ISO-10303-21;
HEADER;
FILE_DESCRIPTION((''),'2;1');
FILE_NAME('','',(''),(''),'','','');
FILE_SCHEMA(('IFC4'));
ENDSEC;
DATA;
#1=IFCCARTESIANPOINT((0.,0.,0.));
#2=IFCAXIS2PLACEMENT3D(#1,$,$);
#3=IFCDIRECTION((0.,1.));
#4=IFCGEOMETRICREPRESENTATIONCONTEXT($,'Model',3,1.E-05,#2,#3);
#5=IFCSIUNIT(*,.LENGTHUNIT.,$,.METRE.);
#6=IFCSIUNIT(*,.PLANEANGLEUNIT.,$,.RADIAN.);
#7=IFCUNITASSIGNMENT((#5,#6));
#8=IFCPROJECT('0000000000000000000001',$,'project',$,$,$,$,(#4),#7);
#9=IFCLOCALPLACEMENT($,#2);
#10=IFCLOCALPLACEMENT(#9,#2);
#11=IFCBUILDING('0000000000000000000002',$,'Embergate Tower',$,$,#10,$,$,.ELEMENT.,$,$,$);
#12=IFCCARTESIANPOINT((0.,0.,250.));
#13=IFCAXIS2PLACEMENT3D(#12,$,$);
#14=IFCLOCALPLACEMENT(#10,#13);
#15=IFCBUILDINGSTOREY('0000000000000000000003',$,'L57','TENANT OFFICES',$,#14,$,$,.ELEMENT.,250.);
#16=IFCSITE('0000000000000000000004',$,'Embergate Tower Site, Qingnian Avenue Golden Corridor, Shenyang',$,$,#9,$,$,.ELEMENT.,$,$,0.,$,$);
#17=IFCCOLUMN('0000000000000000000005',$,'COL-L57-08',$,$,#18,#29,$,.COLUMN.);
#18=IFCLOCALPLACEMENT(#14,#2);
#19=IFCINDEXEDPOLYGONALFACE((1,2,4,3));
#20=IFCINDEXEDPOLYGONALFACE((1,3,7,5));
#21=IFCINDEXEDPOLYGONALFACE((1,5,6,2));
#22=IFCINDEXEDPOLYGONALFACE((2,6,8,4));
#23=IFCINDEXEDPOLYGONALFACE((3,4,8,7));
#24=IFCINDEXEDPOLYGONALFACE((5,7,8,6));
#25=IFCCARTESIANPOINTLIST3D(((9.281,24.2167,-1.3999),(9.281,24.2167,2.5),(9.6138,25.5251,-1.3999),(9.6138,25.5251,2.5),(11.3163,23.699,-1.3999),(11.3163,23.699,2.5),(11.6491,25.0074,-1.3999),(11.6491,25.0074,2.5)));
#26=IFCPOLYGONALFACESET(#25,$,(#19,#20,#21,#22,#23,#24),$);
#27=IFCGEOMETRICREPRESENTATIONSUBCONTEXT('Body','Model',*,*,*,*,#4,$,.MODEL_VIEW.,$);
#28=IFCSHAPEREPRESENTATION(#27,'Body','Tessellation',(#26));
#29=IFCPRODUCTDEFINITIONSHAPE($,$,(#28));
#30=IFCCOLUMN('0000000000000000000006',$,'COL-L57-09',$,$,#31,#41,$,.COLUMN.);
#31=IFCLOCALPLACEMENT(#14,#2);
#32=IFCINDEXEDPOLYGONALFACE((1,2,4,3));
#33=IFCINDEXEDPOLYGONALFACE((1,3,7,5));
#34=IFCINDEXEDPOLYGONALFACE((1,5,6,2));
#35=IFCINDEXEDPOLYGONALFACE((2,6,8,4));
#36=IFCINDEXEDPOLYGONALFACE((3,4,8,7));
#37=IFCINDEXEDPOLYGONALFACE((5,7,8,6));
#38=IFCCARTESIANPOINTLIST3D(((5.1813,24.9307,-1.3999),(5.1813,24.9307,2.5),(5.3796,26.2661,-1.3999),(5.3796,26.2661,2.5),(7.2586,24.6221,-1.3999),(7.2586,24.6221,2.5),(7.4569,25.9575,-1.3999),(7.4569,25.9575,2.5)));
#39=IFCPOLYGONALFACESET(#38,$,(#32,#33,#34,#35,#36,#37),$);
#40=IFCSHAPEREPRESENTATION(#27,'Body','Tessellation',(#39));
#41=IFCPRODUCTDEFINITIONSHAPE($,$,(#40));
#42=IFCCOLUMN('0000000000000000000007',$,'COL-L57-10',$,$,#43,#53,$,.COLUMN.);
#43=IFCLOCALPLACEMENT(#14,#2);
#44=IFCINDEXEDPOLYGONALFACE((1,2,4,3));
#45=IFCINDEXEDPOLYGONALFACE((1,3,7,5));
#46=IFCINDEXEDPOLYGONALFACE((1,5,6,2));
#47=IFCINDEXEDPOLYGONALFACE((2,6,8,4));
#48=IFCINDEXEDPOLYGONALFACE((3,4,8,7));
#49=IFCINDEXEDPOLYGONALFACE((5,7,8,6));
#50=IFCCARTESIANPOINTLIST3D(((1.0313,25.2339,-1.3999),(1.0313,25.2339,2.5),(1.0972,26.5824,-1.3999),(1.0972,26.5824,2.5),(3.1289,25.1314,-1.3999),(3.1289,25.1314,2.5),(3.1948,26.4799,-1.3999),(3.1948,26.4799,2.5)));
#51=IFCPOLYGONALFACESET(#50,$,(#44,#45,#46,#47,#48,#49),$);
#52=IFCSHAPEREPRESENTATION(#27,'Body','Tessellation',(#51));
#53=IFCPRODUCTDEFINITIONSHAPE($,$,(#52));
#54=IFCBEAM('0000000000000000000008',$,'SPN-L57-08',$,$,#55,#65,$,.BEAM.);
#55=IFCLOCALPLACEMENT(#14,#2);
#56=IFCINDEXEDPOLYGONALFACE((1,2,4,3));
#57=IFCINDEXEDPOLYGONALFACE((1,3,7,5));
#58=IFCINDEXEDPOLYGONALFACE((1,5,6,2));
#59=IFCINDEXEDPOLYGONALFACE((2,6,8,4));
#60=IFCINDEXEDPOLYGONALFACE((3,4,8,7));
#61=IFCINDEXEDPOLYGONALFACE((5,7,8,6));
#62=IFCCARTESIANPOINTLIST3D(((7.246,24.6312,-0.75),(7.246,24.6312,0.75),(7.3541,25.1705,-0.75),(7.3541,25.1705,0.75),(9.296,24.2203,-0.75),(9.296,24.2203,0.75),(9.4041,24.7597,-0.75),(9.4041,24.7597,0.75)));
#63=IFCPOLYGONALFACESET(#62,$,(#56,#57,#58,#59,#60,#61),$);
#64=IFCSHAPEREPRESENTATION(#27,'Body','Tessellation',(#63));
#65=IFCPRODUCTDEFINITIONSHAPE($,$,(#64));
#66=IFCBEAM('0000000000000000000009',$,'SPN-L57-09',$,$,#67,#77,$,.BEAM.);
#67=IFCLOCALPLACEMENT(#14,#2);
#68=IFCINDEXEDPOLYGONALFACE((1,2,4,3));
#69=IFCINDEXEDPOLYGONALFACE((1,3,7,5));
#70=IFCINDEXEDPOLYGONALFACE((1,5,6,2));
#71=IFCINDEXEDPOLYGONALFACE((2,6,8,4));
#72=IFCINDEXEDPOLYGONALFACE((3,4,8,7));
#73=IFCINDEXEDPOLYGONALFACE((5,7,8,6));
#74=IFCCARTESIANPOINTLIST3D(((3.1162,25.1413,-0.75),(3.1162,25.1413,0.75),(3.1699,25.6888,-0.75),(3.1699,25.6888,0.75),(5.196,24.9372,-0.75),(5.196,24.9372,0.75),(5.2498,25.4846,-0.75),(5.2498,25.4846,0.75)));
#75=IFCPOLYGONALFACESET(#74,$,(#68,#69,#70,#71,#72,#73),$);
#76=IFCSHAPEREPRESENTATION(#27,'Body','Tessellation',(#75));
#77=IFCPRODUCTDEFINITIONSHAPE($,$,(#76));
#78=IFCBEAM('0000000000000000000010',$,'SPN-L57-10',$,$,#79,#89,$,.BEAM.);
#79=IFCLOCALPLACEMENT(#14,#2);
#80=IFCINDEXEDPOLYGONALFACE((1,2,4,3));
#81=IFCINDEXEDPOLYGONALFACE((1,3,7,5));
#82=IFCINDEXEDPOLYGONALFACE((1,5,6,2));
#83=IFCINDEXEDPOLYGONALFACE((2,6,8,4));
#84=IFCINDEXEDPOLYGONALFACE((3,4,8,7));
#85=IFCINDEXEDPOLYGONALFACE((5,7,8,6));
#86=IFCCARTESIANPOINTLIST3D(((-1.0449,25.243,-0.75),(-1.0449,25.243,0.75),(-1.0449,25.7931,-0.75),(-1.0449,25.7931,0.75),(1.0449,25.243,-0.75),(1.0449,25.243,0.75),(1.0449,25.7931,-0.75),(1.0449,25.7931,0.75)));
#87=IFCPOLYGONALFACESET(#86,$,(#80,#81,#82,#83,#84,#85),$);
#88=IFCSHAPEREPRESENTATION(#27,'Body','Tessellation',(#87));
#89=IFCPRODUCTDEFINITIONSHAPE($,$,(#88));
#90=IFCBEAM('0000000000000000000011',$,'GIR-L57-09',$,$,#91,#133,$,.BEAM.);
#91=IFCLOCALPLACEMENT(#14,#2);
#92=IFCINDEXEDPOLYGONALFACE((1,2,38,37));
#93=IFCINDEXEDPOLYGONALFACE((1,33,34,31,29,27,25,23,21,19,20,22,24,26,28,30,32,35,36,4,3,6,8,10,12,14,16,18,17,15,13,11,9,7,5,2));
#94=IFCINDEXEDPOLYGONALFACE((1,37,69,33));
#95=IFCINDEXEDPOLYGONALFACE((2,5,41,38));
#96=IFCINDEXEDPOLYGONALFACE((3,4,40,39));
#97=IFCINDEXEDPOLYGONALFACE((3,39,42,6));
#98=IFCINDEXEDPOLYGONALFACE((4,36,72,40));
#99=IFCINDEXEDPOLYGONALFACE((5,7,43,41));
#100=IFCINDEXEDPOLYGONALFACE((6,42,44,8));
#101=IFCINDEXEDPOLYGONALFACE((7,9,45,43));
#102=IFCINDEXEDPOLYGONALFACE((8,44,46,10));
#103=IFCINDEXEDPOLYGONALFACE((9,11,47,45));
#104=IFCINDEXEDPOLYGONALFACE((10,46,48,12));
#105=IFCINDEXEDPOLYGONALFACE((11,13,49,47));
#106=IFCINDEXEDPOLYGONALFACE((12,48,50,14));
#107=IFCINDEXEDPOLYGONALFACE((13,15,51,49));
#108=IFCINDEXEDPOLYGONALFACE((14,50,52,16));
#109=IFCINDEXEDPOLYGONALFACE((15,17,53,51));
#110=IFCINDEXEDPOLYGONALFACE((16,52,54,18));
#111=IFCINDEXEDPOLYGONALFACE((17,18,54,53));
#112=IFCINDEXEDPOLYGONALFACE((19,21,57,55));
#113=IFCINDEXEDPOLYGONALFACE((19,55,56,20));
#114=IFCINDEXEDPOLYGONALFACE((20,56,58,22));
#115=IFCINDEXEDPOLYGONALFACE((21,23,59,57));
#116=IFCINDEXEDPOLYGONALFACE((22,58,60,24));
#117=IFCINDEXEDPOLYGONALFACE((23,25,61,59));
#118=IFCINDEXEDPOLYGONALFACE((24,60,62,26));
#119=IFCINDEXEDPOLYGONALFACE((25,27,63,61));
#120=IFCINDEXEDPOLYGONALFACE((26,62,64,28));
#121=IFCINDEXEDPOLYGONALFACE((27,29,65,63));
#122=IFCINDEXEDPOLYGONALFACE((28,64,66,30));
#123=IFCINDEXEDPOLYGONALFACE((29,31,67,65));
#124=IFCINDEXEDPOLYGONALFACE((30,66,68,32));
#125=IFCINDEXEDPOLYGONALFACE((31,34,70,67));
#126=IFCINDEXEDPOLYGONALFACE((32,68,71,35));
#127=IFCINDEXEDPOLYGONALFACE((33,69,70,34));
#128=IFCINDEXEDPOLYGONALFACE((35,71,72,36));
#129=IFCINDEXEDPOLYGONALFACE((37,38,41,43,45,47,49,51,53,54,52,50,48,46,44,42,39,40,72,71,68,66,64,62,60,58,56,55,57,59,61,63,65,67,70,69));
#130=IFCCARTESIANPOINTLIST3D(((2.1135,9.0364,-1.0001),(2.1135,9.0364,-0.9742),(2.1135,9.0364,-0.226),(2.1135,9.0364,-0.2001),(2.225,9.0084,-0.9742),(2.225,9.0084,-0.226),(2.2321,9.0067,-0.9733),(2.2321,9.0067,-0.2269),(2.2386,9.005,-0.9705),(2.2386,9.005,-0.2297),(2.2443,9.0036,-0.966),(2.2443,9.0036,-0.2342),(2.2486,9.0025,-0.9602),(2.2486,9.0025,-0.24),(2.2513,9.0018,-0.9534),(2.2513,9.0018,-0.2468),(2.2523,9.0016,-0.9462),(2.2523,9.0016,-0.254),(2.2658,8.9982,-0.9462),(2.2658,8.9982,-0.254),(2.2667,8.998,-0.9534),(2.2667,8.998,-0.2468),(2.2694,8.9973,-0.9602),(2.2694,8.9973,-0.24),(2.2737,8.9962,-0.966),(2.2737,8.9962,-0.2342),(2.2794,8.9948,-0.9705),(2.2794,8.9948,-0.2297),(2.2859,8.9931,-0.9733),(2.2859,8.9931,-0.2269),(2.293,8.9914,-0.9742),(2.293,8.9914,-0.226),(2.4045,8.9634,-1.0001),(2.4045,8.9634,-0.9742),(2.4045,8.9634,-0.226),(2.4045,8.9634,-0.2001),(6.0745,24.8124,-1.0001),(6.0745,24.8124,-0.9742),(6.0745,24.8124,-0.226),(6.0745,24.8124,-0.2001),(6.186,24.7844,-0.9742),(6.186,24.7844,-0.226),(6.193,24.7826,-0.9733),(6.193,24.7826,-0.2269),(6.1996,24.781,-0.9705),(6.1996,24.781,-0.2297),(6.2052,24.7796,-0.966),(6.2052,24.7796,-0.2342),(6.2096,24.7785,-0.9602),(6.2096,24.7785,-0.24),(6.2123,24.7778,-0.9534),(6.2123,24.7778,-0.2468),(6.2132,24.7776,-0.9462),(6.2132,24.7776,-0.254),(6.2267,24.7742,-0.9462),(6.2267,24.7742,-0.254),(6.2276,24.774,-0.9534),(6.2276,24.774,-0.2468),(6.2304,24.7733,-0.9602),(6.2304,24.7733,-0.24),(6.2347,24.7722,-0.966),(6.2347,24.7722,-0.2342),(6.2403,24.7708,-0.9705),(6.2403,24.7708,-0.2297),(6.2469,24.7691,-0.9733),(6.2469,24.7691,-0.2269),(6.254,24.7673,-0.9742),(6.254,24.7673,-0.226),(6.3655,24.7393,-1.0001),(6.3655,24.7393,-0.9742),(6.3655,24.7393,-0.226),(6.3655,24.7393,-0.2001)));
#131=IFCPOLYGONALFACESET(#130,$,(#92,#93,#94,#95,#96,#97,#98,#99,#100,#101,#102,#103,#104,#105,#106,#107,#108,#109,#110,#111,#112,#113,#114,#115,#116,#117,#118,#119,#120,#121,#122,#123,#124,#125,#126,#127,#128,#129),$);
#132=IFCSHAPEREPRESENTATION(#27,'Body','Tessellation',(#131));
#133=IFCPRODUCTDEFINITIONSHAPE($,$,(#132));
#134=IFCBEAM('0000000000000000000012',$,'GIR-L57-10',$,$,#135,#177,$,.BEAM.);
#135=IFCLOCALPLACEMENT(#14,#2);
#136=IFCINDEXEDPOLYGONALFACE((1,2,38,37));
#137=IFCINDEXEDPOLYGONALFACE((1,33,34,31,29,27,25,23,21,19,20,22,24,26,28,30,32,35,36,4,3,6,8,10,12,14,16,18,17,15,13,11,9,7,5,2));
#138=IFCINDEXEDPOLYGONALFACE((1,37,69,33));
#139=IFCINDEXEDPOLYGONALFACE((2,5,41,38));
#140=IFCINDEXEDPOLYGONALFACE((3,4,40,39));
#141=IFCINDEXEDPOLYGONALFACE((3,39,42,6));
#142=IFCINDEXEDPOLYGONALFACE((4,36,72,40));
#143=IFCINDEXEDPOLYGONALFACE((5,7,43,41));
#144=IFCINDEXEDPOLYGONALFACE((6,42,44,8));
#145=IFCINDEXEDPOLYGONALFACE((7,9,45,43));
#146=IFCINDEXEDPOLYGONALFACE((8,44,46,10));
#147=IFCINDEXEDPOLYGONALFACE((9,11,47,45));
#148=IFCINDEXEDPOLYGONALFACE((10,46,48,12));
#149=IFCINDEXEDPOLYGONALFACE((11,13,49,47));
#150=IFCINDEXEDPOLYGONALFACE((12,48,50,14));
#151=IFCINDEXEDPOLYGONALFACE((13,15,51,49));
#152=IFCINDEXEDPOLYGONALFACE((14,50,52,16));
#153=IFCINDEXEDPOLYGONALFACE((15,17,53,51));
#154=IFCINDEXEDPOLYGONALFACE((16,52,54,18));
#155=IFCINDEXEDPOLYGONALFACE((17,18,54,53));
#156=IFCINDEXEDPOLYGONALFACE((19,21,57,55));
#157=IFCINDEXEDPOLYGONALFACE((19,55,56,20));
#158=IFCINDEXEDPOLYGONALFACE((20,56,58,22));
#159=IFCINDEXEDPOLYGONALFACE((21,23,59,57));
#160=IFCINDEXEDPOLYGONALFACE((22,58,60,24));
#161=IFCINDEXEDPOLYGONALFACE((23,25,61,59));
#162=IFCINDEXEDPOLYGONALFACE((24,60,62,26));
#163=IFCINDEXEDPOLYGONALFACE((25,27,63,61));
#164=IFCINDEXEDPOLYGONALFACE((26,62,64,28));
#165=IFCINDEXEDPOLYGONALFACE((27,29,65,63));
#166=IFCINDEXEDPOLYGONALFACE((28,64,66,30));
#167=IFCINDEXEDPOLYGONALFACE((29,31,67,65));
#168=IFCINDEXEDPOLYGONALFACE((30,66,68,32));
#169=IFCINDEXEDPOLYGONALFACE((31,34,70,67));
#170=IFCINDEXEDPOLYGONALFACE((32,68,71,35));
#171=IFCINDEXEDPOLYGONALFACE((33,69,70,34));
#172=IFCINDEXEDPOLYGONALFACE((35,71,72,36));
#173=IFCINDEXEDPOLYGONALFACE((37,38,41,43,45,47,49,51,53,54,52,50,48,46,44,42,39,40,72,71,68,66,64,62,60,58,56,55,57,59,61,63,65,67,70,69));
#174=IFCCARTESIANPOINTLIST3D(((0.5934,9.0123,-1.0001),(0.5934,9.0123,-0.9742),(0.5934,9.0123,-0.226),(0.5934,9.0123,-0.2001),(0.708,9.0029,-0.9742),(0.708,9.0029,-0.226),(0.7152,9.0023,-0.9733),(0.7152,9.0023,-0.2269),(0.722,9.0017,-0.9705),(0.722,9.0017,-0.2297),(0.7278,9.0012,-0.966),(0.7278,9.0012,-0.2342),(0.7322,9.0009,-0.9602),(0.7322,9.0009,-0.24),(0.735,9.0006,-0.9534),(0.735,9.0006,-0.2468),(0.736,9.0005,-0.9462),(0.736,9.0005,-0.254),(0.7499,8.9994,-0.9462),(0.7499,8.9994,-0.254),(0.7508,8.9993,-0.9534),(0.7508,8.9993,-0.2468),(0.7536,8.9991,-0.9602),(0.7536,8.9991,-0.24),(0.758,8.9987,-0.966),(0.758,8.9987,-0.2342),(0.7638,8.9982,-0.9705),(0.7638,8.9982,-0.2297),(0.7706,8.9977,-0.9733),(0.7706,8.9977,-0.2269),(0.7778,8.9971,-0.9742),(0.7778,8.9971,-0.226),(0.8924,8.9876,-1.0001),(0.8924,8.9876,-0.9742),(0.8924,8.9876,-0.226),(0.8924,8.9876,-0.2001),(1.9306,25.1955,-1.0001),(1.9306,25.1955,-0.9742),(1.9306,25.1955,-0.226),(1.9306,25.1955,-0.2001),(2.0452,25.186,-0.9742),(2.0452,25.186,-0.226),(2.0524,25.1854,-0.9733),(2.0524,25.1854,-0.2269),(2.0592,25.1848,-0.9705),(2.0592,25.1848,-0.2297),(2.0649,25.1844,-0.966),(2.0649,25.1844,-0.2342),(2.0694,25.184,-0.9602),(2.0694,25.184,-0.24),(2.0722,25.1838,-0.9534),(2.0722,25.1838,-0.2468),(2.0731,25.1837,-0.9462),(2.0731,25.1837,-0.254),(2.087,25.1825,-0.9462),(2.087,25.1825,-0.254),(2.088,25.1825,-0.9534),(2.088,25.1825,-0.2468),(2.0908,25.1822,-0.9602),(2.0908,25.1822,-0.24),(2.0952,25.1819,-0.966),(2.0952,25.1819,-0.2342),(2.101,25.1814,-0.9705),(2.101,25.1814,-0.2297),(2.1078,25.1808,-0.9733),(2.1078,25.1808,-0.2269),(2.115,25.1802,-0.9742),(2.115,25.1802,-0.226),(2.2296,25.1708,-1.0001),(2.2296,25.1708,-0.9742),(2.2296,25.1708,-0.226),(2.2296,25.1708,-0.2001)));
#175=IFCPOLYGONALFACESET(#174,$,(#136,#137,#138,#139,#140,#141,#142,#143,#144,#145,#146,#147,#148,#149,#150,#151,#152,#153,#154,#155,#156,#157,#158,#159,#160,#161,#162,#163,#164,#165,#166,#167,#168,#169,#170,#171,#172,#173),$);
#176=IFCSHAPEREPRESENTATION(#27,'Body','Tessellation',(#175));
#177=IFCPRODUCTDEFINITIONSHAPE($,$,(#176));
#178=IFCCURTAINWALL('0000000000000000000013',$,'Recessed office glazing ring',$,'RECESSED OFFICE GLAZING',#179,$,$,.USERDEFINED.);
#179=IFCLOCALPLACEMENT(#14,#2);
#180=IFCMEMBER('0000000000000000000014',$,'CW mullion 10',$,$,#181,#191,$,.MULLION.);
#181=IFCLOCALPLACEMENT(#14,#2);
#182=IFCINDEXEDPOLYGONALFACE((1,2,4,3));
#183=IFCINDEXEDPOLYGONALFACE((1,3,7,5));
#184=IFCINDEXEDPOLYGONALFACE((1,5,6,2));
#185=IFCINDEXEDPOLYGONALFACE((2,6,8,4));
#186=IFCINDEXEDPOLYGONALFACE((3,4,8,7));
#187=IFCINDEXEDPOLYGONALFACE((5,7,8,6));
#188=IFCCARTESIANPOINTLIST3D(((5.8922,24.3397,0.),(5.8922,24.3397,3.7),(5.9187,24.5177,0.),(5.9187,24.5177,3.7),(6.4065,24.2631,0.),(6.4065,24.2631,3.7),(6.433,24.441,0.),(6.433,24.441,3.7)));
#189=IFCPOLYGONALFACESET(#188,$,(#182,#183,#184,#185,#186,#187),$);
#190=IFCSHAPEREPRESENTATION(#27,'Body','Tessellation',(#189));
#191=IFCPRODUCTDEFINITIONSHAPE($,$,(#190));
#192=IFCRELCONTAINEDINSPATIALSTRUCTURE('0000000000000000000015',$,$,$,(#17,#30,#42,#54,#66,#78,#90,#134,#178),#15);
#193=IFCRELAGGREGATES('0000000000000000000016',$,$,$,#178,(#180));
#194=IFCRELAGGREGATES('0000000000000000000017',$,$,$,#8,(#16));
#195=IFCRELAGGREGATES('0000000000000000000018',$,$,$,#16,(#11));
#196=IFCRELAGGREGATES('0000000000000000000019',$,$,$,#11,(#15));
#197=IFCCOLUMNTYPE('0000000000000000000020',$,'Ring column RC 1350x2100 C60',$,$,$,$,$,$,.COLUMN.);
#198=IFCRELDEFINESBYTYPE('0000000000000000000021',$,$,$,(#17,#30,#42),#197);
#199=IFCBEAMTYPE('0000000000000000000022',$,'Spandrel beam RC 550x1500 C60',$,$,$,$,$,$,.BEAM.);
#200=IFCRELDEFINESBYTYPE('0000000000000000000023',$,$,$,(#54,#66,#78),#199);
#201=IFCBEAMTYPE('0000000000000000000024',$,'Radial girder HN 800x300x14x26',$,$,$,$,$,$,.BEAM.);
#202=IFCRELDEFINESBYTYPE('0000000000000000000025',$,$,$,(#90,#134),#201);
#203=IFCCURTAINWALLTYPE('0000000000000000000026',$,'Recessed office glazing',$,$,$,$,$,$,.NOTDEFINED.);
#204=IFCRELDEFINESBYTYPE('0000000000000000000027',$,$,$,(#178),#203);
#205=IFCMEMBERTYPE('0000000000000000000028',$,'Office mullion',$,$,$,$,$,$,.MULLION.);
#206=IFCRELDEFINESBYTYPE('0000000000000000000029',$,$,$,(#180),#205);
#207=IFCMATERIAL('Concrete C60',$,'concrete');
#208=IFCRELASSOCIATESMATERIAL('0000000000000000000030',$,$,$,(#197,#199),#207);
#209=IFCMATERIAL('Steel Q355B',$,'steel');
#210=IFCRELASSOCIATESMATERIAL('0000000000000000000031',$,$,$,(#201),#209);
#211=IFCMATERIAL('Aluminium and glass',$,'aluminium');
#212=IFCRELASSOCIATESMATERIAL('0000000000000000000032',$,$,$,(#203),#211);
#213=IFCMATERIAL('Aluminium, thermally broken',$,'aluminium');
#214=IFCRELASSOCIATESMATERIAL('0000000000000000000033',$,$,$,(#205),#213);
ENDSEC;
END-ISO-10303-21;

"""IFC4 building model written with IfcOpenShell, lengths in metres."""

from ifc_helpers import new_model, si_unit, direction, frame, origin, origin_2d, place, context, subcontext, project, spatial, rectangle, i_section, extrude, source, transform, mapped, material, material_profile, profile_set, type_object, element, aggregate, save


model = new_model("IFC4")

# Units and contexts
model_context = context("Model", 3, precision=1e-05, world=origin(), true_north=direction((0.0, 1.0)))
body_context = subcontext(model_context, "Body", "Model", "MODEL_VIEW")
ifc_project = project(units=[si_unit("LENGTHUNIT", "METRE"), si_unit("PLANEANGLEUNIT", "RADIAN")], contexts=[model_context])

# Site, building, storey
site_placement = place(None, origin())
site = spatial("IfcSite", under=ifc_project, at=site_placement, Name="Embergate Tower Site, Qingnian Avenue Golden Corridor, Shenyang", CompositionType="ELEMENT", RefElevation=0.0)
building_placement = place(site_placement, origin())
building = spatial("IfcBuilding", under=site, at=building_placement, Name="Embergate Tower", CompositionType="ELEMENT")
storey_placement = place(building_placement, frame((0.0, 0.0, 250.0)))
storey = spatial("IfcBuildingStorey", under=building, at=storey_placement, Name="L57", Description="TENANT OFFICES", CompositionType="ELEMENT", Elevation=250.0)

# Columns
ifc_material_1 = material(Name="Concrete C60", Category="concrete")
ifc_material_profile_1 = material_profile(ifc_material_1, rectangle(XDim=1.3501, YDim=2.1001, at=origin_2d()), Name="RC 1350x2100")
ifc_profile_set_1 = profile_set([ifc_material_profile_1], Name="Concrete C60")
column_type = type_object("IfcColumnType", Name="Ring column RC 1350x2100 C60", PredefinedType="COLUMN", material=ifc_profile_set_1)
shared_shape_1 = source(origin(), body_context, "Body", "SweptSolid", [
    extrude(rectangle(XDim=1.3501, YDim=2.1001, at=origin_2d()), origin(), (0.0, 0.0, 1.0), 3.8999),
])
for number, where, z_axis, x_axis, name in (
    (1, (10.4651, 24.6121, -1.3999), (0.0, 0.0, 1.0), (0.246509, 0.969141, 0.0), "COL-L57-08"),
    (2, (6.3191, 25.4441, -1.3999), (0.0, 0.0, 1.0), (0.146929, 0.989147, 0.0), "COL-L57-09"),
    (3, (2.113, 25.8569, -1.3999), (0.0, 0.0, 1.0), (0.048815, 0.998808, 0.0), "COL-L57-10"),
):
    element("IfcColumn", number, at=place(storey_placement, frame(where, z_axis=z_axis, x_axis=x_axis)), inside=storey, type_object=column_type, Name=name, PredefinedType="COLUMN", context=body_context, shape_type="MappedRepresentation", body=[
        mapped(shared_shape_1, transform((0.0, 0.0, 0.0))),
    ])

# Beams
ifc_material_profile_2 = material_profile(ifc_material_1, rectangle(XDim=0.55, YDim=1.5, at=origin_2d()), Name="RC 550x1500")
ifc_profile_set_2 = profile_set([ifc_material_profile_2], Name="Concrete C60")
beam_type_1 = type_object("IfcBeamType", Name="Spandrel beam RC 550x1500 C60", PredefinedType="BEAM", material=ifc_profile_set_2)
shared_shape_2 = source(origin(), body_context, "Body", "SweptSolid", [
    extrude(rectangle(XDim=0.55, YDim=1.5, at=origin_2d()), origin(), (0.0, 0.0, 1.0), 2.0908),
])
beam_1_placement = place(storey_placement, frame((9.3501, 24.49, 0.0), z_axis=(-0.9805, 0.19652, 0.0), x_axis=(-0.19652, -0.9805, 0.0)))
element("IfcBeam", 4, at=beam_1_placement, inside=storey, type_object=beam_type_1, Name="SPN-L57-08", PredefinedType="BEAM", context=body_context, shape_type="MappedRepresentation", body=[
    mapped(shared_shape_2, transform((0.0, 0.0, 0.0))),
])
shared_shape_3 = source(origin(), body_context, "Body", "SweptSolid", [
    extrude(rectangle(XDim=0.55, YDim=1.5, at=origin_2d()), origin(), (0.0, 0.0, 1.0), 2.0898),
])
for number, where, z_axis, x_axis, name in (
    (5, (5.2229, 25.2109, 0.0), (-0.995219, 0.097664, 0.0), (-0.097664, -0.995219, 0.0), "SPN-L57-09"),
    (6, (1.0449, 25.5181, 0.0), (-1.0, 0.0, 0.0), (0.0, -1.0, 0.0), "SPN-L57-10"),
):
    element("IfcBeam", number, at=place(storey_placement, frame(where, z_axis=z_axis, x_axis=x_axis)), inside=storey, type_object=beam_type_1, Name=name, PredefinedType="BEAM", context=body_context, shape_type="MappedRepresentation", body=[
        mapped(shared_shape_3, transform((0.0, 0.0, 0.0))),
    ])
ifc_material_2 = material(Name="Steel Q355B", Category="steel")
ifc_material_profile_3 = material_profile(ifc_material_2, i_section(OverallWidth=0.3, OverallDepth=0.8, WebThickness=0.0139, FlangeThickness=0.0259, FilletRadius=0.0281, at=origin_2d()), Name="HN 800x300x14x26")
ifc_profile_set_3 = profile_set([ifc_material_profile_3], Name="Steel Q355 grade B")
beam_type_2 = type_object("IfcBeamType", Name="Radial girder HN 800x300x14x26", PredefinedType="BEAM", material=ifc_profile_set_3)
shared_shape_4 = source(origin(), body_context, "Body", "SweptSolid", [
    extrude(i_section(OverallWidth=0.3, OverallDepth=0.8, WebThickness=0.0139, FlangeThickness=0.0259, FilletRadius=0.0281, at=origin_2d()), origin(), (0.0, 0.0, 1.0), 16.2656),
])
beam_2_placement = place(storey_placement, frame((6.22, 24.7759, -0.6001), z_axis=(-0.243517, -0.969897, 0.0), x_axis=(0.969897, -0.243517, 0.0)))
element("IfcBeam", 7, at=beam_2_placement, inside=storey, type_object=beam_type_2, Name="GIR-L57-09", PredefinedType="BEAM", context=body_context, shape_type="MappedRepresentation", body=[
    mapped(shared_shape_4, transform((0.0, 0.0, 0.0))),
])
shared_shape_5 = source(origin(), body_context, "Body", "SweptSolid", [
    extrude(i_section(OverallWidth=0.3, OverallDepth=0.8, WebThickness=0.0139, FlangeThickness=0.0259, FilletRadius=0.0281, at=origin_2d()), origin(), (0.0, 0.0, 1.0), 16.2383),
])
beam_3_placement = place(storey_placement, frame((2.0801, 25.1831, -0.6001), z_axis=(-0.082346, -0.996604, 0.0), x_axis=(0.996604, -0.082346, 0.0)))
element("IfcBeam", 8, at=beam_3_placement, inside=storey, type_object=beam_type_2, Name="GIR-L57-10", PredefinedType="BEAM", context=body_context, shape_type="MappedRepresentation", body=[
    mapped(shared_shape_5, transform((0.0, 0.0, 0.0))),
])

# Curtain wall, member
ifc_material_3 = material(Name="Aluminium and glass", Category="aluminium")
curtain_wall_type = type_object("IfcCurtainWallType", Name="Recessed office glazing", PredefinedType="NOTDEFINED", material=ifc_material_3)
curtain_wall_placement = place(storey_placement, origin())
curtain_wall = element("IfcCurtainWall", 9, at=curtain_wall_placement, inside=storey, type_object=curtain_wall_type, Name="Recessed office glazing ring", ObjectType="RECESSED OFFICE GLAZING", PredefinedType="USERDEFINED")
ifc_material_4 = material(Name="Aluminium, thermally broken", Category="aluminium")
ifc_material_profile_4 = material_profile(ifc_material_4, rectangle(XDim=0.1799, YDim=0.52, at=origin_2d()), Name="AL 520x180")
ifc_profile_set_4 = profile_set([ifc_material_profile_4], Name="Aluminium, thermally broken")
member_type_1 = type_object("IfcMemberType", Name="Office mullion", PredefinedType="MULLION", material=ifc_profile_set_4)
shared_shape_6 = source(origin(), body_context, "Body", "SweptSolid", [
    extrude(rectangle(XDim=0.1799, YDim=0.52, at=origin_2d()), origin(), (0.0, 0.0, 1.0), 3.7),
])
member_1_placement = place(storey_placement, frame((6.1626, 24.3904, 0.0), z_axis=(0.0, 0.0, 1.0), x_axis=(-0.147412, -0.989075, 0.0)))
member_1 = element("IfcMember", 10, at=member_1_placement, type_object=member_type_1, Name="CW mullion 10", PredefinedType="MULLION", context=body_context, shape_type="MappedRepresentation", body=[
    mapped(shared_shape_6, transform((0.0, 0.0, 0.0))),
])
aggregate(curtain_wall, [member_1])

save(model, "model.ifc")
